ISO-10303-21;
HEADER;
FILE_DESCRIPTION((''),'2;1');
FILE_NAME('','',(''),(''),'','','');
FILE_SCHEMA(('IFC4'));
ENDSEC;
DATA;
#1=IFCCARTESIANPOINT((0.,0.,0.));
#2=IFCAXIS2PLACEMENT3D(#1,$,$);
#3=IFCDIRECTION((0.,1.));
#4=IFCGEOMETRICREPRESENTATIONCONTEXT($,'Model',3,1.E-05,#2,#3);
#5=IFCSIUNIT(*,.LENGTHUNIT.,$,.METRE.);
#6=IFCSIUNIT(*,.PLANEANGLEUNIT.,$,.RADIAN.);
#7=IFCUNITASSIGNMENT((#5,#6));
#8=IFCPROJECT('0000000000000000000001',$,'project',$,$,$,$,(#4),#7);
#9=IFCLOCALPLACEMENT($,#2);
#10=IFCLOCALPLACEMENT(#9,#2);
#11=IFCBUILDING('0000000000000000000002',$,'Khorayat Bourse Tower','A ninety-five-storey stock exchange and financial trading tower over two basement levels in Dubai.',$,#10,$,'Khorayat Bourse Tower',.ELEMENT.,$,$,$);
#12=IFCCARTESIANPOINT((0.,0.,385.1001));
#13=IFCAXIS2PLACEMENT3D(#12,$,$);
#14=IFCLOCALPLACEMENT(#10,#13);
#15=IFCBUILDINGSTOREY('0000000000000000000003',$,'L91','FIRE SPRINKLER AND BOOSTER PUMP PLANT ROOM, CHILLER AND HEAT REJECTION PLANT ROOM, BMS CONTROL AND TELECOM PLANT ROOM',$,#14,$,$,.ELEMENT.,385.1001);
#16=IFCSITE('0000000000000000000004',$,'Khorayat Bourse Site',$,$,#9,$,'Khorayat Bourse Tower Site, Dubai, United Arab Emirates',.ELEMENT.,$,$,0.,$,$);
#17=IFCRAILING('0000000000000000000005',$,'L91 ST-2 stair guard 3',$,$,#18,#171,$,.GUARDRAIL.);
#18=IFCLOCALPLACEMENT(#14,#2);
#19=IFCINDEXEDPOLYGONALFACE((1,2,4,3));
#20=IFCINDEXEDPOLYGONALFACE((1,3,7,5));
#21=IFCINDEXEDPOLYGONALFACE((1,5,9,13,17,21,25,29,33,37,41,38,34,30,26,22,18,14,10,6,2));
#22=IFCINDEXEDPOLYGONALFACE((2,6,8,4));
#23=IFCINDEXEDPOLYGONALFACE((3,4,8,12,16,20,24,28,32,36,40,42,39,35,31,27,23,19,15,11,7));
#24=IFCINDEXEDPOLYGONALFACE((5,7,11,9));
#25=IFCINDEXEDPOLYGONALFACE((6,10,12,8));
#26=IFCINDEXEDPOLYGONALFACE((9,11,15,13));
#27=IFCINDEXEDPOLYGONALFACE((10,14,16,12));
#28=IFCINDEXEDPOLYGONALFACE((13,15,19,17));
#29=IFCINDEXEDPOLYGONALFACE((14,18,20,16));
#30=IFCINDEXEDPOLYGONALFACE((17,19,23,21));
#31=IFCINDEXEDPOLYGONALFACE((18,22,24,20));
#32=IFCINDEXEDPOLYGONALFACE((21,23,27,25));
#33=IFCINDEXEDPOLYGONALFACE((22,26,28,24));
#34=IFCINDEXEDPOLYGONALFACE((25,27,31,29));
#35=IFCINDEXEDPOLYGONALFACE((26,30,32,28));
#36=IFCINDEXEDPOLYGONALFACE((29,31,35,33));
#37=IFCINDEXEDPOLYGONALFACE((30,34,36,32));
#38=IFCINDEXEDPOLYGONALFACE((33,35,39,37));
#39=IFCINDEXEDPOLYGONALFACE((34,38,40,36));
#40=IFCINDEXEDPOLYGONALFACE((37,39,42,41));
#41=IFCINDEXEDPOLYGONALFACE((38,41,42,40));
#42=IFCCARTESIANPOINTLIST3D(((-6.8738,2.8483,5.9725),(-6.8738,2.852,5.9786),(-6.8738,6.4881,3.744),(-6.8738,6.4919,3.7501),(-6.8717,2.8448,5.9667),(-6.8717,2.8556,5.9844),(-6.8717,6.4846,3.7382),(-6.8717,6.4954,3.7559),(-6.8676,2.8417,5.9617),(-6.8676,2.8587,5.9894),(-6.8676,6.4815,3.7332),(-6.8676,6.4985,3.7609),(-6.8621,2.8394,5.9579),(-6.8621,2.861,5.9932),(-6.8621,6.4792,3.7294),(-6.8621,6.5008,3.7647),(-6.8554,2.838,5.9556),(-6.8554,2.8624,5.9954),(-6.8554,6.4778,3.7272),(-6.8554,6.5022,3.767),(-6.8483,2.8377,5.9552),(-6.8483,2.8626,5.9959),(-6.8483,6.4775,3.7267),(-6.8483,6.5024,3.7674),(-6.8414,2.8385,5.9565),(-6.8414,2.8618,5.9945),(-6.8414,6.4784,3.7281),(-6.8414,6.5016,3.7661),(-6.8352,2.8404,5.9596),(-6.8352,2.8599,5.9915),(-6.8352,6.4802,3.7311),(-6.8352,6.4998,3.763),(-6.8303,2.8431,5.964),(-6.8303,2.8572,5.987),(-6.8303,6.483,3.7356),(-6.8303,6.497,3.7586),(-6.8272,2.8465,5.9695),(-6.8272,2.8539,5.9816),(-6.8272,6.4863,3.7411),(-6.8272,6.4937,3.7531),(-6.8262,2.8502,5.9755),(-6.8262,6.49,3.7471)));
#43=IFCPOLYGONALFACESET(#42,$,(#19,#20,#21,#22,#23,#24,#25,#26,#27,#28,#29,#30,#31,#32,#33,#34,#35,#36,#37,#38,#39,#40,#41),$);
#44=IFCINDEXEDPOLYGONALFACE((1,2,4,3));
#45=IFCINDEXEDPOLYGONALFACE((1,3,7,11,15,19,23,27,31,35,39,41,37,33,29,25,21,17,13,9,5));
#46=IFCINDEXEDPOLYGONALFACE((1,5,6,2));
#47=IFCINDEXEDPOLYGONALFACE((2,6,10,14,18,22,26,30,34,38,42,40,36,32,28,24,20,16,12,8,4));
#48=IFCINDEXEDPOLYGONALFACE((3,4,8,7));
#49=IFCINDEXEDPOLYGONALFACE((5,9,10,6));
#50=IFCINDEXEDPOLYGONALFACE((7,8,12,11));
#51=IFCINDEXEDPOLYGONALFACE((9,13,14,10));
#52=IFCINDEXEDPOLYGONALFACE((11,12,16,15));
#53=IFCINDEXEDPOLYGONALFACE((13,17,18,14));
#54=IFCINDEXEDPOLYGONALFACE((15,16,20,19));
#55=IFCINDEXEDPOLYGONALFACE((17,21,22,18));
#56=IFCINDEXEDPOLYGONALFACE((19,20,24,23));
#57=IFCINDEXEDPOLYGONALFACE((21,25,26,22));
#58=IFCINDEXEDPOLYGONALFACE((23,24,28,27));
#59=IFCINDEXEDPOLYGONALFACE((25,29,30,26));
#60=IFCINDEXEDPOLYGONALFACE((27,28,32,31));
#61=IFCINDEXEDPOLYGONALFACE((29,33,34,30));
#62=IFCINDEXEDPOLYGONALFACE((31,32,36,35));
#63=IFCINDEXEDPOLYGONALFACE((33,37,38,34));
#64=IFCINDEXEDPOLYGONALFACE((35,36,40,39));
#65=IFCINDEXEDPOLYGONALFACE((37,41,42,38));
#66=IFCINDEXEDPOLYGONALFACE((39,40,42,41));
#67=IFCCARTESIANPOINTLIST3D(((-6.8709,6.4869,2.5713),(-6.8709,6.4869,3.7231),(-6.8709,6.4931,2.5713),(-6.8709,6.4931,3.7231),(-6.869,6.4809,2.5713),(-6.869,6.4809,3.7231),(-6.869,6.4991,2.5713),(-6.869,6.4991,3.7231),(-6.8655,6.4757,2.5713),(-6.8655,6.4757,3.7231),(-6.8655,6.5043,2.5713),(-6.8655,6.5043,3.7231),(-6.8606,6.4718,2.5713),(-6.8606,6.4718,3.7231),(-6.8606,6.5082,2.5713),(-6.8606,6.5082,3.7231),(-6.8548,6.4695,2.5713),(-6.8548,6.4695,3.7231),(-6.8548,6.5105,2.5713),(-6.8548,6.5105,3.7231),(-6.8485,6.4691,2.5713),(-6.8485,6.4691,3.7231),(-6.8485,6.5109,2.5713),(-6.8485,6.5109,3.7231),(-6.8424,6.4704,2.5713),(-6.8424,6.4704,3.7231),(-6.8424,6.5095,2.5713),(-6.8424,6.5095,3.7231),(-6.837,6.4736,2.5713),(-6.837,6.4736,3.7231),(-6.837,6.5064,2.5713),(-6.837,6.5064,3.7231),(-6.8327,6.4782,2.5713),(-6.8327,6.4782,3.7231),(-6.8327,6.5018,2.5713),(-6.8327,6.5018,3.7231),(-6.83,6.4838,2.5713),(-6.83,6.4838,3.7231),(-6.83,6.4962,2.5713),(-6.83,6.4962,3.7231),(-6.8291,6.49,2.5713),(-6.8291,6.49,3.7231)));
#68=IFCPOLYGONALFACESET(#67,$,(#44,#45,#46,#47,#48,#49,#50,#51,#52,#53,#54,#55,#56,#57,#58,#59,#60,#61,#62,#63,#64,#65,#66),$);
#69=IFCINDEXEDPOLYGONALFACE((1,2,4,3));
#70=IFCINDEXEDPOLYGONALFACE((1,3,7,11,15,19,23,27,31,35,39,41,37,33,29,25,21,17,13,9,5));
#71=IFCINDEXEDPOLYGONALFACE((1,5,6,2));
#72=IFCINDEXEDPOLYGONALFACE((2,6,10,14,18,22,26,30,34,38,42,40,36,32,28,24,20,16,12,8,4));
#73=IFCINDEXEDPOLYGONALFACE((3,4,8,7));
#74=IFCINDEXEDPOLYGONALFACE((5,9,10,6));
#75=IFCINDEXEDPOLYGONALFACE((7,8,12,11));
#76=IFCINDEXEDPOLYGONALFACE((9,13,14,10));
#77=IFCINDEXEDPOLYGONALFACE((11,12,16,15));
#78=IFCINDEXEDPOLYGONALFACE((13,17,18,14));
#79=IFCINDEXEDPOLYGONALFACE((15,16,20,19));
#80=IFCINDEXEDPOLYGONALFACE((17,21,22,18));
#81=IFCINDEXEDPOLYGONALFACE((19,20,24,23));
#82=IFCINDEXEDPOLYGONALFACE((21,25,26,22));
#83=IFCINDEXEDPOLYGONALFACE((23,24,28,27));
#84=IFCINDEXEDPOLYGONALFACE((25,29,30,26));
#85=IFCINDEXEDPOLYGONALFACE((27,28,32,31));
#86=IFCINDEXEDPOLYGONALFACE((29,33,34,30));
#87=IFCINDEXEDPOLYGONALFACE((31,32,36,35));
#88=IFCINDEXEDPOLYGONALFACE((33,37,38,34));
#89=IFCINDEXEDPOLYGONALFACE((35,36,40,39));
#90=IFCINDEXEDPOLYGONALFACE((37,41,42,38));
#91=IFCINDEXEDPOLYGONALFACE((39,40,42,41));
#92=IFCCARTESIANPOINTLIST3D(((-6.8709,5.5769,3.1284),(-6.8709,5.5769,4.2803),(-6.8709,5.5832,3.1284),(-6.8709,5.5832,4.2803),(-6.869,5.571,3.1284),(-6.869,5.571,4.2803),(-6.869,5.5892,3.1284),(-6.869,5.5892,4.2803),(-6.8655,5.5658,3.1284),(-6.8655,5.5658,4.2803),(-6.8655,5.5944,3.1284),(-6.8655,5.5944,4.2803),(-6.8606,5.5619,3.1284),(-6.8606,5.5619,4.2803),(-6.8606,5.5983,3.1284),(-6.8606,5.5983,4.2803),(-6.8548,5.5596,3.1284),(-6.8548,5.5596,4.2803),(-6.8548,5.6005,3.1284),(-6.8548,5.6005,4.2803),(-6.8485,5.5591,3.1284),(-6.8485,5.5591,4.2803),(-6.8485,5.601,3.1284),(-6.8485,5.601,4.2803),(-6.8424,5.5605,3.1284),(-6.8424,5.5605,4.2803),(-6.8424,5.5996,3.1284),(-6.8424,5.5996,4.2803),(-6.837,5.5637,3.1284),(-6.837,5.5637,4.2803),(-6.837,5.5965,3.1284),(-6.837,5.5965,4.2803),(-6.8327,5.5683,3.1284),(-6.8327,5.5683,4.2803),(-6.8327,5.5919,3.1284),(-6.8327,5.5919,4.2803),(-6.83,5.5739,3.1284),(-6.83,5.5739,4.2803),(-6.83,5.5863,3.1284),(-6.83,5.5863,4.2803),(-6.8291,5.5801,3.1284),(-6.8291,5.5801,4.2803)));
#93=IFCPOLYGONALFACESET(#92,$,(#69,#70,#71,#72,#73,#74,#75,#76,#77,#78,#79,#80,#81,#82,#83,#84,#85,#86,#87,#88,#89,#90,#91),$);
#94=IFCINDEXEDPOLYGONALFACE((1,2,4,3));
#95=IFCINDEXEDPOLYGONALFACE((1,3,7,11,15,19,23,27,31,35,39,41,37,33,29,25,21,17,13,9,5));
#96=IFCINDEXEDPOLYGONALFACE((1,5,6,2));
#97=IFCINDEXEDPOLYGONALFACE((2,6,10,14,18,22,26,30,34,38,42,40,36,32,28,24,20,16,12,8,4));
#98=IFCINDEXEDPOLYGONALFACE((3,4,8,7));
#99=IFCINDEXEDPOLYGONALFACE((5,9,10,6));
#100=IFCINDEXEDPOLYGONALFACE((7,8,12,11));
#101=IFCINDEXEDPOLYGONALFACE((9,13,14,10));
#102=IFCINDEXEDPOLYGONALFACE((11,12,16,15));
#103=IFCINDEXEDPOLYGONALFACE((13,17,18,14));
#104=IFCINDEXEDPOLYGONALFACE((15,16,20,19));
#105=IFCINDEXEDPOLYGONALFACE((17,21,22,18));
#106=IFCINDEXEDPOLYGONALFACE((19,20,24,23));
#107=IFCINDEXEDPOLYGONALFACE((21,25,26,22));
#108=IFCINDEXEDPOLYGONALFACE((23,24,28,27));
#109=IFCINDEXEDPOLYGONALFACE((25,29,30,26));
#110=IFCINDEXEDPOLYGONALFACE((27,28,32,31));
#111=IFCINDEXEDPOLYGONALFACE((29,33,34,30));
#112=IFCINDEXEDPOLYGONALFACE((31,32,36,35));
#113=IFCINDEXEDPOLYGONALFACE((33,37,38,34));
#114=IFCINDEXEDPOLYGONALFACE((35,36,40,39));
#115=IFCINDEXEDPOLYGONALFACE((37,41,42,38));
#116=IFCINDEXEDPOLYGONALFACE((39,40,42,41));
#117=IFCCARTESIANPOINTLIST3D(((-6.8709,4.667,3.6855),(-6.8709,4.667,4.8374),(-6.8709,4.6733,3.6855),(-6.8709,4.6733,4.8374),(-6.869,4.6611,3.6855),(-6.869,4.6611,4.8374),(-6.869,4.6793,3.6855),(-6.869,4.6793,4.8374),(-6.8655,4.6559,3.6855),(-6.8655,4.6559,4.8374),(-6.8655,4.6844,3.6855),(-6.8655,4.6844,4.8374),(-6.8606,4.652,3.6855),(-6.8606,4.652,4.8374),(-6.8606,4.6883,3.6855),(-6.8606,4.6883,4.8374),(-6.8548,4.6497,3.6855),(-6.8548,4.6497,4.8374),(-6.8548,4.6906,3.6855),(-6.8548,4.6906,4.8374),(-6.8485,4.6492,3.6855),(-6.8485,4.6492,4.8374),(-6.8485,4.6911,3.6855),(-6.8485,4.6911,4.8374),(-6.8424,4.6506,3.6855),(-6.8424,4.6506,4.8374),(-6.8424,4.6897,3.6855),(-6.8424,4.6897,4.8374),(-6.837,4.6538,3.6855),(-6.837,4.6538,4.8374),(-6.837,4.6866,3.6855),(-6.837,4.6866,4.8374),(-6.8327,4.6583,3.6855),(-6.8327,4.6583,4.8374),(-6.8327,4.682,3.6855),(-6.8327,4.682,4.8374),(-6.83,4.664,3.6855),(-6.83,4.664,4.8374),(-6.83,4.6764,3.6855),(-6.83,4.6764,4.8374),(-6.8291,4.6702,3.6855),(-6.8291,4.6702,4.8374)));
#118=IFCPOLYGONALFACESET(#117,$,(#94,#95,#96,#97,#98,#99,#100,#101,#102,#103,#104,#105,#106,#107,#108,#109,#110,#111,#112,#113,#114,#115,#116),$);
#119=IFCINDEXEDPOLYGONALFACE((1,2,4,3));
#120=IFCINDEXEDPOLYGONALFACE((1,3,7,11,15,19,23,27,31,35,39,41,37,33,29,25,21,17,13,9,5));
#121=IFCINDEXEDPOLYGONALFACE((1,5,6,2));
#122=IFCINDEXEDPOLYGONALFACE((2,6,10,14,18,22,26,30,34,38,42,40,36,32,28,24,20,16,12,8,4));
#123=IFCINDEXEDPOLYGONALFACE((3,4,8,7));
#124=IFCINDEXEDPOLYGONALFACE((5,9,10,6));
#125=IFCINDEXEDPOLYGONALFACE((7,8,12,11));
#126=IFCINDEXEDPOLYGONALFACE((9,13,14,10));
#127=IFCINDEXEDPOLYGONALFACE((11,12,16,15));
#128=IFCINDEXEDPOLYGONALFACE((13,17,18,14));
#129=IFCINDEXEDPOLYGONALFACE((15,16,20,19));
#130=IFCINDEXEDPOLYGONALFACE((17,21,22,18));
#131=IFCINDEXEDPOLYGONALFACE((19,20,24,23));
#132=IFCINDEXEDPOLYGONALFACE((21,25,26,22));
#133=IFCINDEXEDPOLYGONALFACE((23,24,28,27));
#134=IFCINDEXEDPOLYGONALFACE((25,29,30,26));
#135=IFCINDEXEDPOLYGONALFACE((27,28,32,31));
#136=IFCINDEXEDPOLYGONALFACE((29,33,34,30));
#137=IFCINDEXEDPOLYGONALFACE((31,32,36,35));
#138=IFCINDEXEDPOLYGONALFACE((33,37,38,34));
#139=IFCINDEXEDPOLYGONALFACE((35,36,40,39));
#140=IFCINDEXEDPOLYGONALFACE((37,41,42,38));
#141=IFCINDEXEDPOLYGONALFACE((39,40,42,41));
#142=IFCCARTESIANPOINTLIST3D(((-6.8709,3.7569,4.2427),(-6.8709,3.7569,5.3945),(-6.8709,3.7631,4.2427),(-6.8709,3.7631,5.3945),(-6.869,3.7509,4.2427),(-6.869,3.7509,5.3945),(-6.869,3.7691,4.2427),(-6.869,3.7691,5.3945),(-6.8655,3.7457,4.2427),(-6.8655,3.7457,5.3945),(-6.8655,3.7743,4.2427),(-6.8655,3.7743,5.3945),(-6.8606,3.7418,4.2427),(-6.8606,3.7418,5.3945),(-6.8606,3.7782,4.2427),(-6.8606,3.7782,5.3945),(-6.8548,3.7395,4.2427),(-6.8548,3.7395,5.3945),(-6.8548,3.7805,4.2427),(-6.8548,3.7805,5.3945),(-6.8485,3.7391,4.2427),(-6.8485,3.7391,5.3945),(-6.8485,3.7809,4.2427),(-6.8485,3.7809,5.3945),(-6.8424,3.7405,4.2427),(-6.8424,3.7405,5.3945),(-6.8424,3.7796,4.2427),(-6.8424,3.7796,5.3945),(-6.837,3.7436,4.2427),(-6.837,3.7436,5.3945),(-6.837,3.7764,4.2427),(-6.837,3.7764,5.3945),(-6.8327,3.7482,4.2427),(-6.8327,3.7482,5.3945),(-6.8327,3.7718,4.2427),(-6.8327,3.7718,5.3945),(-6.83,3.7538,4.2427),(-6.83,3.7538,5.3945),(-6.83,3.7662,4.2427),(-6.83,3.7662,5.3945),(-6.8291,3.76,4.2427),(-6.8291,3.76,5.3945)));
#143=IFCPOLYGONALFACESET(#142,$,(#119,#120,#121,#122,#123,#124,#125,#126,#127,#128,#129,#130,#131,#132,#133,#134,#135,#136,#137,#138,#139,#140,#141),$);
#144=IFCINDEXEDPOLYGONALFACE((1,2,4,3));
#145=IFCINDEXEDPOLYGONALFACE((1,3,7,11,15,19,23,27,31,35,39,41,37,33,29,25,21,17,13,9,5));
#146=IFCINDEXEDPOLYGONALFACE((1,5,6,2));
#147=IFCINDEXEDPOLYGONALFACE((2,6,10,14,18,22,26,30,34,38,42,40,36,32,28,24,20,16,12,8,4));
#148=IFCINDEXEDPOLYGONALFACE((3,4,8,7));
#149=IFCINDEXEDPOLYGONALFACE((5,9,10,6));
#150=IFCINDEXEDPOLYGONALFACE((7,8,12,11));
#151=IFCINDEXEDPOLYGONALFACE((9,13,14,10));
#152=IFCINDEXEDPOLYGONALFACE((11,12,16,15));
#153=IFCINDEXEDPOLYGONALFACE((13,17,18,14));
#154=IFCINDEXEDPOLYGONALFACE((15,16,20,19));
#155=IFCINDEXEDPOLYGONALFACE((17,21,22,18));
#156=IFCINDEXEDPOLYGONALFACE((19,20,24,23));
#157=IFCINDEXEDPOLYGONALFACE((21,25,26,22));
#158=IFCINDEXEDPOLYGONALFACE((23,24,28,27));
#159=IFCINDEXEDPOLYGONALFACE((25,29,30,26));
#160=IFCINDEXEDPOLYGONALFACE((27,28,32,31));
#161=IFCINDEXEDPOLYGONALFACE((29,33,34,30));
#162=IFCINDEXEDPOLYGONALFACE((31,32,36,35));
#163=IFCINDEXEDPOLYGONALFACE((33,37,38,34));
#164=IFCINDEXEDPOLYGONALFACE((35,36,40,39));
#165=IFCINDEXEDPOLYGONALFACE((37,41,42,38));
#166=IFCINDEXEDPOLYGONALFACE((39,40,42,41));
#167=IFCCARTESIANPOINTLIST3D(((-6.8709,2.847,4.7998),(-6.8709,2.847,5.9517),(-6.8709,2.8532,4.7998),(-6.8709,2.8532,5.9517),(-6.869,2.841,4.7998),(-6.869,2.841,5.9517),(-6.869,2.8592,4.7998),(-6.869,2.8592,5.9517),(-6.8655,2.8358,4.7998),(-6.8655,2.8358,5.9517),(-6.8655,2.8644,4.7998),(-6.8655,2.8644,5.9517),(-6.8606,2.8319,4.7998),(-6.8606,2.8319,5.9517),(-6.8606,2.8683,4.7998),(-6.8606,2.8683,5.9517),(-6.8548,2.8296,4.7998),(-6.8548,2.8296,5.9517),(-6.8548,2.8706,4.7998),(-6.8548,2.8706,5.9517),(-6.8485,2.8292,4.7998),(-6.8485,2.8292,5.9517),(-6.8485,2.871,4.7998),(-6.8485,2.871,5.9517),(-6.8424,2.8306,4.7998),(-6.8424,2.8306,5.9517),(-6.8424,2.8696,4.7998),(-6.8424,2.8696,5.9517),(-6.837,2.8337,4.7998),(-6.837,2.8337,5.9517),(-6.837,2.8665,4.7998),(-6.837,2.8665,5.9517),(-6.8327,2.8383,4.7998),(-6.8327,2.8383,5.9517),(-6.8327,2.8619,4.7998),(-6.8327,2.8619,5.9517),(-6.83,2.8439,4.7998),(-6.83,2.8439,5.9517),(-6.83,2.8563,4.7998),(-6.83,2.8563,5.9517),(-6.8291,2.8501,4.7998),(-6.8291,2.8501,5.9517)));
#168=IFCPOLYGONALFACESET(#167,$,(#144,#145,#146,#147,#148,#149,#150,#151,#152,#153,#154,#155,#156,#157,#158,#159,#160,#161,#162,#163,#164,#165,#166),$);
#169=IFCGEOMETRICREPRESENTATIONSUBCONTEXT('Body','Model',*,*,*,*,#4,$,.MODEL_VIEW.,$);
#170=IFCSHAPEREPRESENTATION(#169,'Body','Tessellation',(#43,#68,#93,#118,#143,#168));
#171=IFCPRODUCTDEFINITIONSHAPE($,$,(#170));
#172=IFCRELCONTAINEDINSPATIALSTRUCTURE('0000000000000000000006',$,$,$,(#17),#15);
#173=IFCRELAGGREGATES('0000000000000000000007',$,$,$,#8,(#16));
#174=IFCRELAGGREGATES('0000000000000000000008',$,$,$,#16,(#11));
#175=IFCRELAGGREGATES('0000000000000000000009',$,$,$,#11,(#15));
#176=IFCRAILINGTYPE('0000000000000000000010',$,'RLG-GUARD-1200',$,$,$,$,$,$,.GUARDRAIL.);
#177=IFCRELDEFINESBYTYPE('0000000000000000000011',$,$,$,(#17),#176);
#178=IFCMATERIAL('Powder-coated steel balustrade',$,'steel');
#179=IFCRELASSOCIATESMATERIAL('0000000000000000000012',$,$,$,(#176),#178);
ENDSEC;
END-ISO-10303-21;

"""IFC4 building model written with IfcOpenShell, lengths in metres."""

from ifc_helpers import new_model, si_unit, direction, frame, origin, origin_2d, place, context, subcontext, project, spatial, circle, extrude, source, transform, mapped, material, type_object, element, save


model = new_model("IFC4")

# Units and contexts
model_context = context("Model", 3, precision=1e-05, world=origin(), true_north=direction((0.0, 1.0)))
body_context = subcontext(model_context, "Body", "Model", "MODEL_VIEW")
ifc_project = project(units=[si_unit("LENGTHUNIT", "METRE"), si_unit("PLANEANGLEUNIT", "RADIAN")], contexts=[model_context])

# Site, building, storey
site_placement = place(None, origin())
site = spatial("IfcSite", under=ifc_project, at=site_placement, Name="Khorayat Bourse Site", LongName="Khorayat Bourse Tower Site, Dubai, United Arab Emirates", CompositionType="ELEMENT", RefElevation=0.0)
building_placement = place(site_placement, origin())
building = spatial("IfcBuilding", under=site, at=building_placement, Name="Khorayat Bourse Tower", Description="A ninety-five-storey stock exchange and financial trading tower over two basement levels in Dubai.", LongName="Khorayat Bourse Tower", CompositionType="ELEMENT")
storey_placement = place(building_placement, frame((0.0, 0.0, 385.1001)))
storey = spatial("IfcBuildingStorey", under=building, at=storey_placement, Name="L91", Description="FIRE SPRINKLER AND BOOSTER PUMP PLANT ROOM, CHILLER AND HEAT REJECTION PLANT ROOM, BMS CONTROL AND TELECOM PLANT ROOM", CompositionType="ELEMENT", Elevation=385.1001)

# Railing
ifc_material_1 = material(Name="Powder-coated steel balustrade", Category="steel")
railing_type_1 = type_object("IfcRailingType", Name="RLG-GUARD-1200", PredefinedType="GUARDRAIL", material=ifc_material_1)
shared_shape_1 = source(origin(), body_context, "Body", "SweptSolid", [
    extrude(circle(Radius=0.0239, at=origin_2d()), frame((0.0, 0.0, 1.1758), z_axis=(0.0, -0.85285, 0.522156), x_axis=(1.0, 0.0, 0.0)), (0.0, 0.0, 1.0), 4.2678),
    extrude(circle(Radius=0.021, at=origin_2d()), origin(), (0.0, 0.0, 1.0), 1.1519),
    extrude(circle(Radius=0.021, at=origin_2d()), frame((0.0, -0.9099, 0.5571)), (0.0, 0.0, 1.0), 1.1519),
    extrude(circle(Radius=0.021, at=origin_2d()), frame((0.0, -1.8198, 1.1143)), (0.0, 0.0, 1.0), 1.1519),
    extrude(circle(Radius=0.021, at=origin_2d()), frame((0.0, -2.73, 1.6714)), (0.0, 0.0, 1.0), 1.1519),
    extrude(circle(Radius=0.021, at=origin_2d()), frame((0.0, -3.6399, 2.2285)), (0.0, 0.0, 1.0), 1.1519),
])
railing_1_placement = place(storey_placement, frame((-6.8501, 6.49, 2.5713)))
element("IfcRailing", 1, at=railing_1_placement, inside=storey, type_object=railing_type_1, Name="L91 ST-2 stair guard 3", PredefinedType="GUARDRAIL", context=body_context, shape_type="MappedRepresentation", body=[
    mapped(shared_shape_1, transform((0.0, 0.0, 0.0), scale=1.0)),
])

save(model, "model.ifc")
